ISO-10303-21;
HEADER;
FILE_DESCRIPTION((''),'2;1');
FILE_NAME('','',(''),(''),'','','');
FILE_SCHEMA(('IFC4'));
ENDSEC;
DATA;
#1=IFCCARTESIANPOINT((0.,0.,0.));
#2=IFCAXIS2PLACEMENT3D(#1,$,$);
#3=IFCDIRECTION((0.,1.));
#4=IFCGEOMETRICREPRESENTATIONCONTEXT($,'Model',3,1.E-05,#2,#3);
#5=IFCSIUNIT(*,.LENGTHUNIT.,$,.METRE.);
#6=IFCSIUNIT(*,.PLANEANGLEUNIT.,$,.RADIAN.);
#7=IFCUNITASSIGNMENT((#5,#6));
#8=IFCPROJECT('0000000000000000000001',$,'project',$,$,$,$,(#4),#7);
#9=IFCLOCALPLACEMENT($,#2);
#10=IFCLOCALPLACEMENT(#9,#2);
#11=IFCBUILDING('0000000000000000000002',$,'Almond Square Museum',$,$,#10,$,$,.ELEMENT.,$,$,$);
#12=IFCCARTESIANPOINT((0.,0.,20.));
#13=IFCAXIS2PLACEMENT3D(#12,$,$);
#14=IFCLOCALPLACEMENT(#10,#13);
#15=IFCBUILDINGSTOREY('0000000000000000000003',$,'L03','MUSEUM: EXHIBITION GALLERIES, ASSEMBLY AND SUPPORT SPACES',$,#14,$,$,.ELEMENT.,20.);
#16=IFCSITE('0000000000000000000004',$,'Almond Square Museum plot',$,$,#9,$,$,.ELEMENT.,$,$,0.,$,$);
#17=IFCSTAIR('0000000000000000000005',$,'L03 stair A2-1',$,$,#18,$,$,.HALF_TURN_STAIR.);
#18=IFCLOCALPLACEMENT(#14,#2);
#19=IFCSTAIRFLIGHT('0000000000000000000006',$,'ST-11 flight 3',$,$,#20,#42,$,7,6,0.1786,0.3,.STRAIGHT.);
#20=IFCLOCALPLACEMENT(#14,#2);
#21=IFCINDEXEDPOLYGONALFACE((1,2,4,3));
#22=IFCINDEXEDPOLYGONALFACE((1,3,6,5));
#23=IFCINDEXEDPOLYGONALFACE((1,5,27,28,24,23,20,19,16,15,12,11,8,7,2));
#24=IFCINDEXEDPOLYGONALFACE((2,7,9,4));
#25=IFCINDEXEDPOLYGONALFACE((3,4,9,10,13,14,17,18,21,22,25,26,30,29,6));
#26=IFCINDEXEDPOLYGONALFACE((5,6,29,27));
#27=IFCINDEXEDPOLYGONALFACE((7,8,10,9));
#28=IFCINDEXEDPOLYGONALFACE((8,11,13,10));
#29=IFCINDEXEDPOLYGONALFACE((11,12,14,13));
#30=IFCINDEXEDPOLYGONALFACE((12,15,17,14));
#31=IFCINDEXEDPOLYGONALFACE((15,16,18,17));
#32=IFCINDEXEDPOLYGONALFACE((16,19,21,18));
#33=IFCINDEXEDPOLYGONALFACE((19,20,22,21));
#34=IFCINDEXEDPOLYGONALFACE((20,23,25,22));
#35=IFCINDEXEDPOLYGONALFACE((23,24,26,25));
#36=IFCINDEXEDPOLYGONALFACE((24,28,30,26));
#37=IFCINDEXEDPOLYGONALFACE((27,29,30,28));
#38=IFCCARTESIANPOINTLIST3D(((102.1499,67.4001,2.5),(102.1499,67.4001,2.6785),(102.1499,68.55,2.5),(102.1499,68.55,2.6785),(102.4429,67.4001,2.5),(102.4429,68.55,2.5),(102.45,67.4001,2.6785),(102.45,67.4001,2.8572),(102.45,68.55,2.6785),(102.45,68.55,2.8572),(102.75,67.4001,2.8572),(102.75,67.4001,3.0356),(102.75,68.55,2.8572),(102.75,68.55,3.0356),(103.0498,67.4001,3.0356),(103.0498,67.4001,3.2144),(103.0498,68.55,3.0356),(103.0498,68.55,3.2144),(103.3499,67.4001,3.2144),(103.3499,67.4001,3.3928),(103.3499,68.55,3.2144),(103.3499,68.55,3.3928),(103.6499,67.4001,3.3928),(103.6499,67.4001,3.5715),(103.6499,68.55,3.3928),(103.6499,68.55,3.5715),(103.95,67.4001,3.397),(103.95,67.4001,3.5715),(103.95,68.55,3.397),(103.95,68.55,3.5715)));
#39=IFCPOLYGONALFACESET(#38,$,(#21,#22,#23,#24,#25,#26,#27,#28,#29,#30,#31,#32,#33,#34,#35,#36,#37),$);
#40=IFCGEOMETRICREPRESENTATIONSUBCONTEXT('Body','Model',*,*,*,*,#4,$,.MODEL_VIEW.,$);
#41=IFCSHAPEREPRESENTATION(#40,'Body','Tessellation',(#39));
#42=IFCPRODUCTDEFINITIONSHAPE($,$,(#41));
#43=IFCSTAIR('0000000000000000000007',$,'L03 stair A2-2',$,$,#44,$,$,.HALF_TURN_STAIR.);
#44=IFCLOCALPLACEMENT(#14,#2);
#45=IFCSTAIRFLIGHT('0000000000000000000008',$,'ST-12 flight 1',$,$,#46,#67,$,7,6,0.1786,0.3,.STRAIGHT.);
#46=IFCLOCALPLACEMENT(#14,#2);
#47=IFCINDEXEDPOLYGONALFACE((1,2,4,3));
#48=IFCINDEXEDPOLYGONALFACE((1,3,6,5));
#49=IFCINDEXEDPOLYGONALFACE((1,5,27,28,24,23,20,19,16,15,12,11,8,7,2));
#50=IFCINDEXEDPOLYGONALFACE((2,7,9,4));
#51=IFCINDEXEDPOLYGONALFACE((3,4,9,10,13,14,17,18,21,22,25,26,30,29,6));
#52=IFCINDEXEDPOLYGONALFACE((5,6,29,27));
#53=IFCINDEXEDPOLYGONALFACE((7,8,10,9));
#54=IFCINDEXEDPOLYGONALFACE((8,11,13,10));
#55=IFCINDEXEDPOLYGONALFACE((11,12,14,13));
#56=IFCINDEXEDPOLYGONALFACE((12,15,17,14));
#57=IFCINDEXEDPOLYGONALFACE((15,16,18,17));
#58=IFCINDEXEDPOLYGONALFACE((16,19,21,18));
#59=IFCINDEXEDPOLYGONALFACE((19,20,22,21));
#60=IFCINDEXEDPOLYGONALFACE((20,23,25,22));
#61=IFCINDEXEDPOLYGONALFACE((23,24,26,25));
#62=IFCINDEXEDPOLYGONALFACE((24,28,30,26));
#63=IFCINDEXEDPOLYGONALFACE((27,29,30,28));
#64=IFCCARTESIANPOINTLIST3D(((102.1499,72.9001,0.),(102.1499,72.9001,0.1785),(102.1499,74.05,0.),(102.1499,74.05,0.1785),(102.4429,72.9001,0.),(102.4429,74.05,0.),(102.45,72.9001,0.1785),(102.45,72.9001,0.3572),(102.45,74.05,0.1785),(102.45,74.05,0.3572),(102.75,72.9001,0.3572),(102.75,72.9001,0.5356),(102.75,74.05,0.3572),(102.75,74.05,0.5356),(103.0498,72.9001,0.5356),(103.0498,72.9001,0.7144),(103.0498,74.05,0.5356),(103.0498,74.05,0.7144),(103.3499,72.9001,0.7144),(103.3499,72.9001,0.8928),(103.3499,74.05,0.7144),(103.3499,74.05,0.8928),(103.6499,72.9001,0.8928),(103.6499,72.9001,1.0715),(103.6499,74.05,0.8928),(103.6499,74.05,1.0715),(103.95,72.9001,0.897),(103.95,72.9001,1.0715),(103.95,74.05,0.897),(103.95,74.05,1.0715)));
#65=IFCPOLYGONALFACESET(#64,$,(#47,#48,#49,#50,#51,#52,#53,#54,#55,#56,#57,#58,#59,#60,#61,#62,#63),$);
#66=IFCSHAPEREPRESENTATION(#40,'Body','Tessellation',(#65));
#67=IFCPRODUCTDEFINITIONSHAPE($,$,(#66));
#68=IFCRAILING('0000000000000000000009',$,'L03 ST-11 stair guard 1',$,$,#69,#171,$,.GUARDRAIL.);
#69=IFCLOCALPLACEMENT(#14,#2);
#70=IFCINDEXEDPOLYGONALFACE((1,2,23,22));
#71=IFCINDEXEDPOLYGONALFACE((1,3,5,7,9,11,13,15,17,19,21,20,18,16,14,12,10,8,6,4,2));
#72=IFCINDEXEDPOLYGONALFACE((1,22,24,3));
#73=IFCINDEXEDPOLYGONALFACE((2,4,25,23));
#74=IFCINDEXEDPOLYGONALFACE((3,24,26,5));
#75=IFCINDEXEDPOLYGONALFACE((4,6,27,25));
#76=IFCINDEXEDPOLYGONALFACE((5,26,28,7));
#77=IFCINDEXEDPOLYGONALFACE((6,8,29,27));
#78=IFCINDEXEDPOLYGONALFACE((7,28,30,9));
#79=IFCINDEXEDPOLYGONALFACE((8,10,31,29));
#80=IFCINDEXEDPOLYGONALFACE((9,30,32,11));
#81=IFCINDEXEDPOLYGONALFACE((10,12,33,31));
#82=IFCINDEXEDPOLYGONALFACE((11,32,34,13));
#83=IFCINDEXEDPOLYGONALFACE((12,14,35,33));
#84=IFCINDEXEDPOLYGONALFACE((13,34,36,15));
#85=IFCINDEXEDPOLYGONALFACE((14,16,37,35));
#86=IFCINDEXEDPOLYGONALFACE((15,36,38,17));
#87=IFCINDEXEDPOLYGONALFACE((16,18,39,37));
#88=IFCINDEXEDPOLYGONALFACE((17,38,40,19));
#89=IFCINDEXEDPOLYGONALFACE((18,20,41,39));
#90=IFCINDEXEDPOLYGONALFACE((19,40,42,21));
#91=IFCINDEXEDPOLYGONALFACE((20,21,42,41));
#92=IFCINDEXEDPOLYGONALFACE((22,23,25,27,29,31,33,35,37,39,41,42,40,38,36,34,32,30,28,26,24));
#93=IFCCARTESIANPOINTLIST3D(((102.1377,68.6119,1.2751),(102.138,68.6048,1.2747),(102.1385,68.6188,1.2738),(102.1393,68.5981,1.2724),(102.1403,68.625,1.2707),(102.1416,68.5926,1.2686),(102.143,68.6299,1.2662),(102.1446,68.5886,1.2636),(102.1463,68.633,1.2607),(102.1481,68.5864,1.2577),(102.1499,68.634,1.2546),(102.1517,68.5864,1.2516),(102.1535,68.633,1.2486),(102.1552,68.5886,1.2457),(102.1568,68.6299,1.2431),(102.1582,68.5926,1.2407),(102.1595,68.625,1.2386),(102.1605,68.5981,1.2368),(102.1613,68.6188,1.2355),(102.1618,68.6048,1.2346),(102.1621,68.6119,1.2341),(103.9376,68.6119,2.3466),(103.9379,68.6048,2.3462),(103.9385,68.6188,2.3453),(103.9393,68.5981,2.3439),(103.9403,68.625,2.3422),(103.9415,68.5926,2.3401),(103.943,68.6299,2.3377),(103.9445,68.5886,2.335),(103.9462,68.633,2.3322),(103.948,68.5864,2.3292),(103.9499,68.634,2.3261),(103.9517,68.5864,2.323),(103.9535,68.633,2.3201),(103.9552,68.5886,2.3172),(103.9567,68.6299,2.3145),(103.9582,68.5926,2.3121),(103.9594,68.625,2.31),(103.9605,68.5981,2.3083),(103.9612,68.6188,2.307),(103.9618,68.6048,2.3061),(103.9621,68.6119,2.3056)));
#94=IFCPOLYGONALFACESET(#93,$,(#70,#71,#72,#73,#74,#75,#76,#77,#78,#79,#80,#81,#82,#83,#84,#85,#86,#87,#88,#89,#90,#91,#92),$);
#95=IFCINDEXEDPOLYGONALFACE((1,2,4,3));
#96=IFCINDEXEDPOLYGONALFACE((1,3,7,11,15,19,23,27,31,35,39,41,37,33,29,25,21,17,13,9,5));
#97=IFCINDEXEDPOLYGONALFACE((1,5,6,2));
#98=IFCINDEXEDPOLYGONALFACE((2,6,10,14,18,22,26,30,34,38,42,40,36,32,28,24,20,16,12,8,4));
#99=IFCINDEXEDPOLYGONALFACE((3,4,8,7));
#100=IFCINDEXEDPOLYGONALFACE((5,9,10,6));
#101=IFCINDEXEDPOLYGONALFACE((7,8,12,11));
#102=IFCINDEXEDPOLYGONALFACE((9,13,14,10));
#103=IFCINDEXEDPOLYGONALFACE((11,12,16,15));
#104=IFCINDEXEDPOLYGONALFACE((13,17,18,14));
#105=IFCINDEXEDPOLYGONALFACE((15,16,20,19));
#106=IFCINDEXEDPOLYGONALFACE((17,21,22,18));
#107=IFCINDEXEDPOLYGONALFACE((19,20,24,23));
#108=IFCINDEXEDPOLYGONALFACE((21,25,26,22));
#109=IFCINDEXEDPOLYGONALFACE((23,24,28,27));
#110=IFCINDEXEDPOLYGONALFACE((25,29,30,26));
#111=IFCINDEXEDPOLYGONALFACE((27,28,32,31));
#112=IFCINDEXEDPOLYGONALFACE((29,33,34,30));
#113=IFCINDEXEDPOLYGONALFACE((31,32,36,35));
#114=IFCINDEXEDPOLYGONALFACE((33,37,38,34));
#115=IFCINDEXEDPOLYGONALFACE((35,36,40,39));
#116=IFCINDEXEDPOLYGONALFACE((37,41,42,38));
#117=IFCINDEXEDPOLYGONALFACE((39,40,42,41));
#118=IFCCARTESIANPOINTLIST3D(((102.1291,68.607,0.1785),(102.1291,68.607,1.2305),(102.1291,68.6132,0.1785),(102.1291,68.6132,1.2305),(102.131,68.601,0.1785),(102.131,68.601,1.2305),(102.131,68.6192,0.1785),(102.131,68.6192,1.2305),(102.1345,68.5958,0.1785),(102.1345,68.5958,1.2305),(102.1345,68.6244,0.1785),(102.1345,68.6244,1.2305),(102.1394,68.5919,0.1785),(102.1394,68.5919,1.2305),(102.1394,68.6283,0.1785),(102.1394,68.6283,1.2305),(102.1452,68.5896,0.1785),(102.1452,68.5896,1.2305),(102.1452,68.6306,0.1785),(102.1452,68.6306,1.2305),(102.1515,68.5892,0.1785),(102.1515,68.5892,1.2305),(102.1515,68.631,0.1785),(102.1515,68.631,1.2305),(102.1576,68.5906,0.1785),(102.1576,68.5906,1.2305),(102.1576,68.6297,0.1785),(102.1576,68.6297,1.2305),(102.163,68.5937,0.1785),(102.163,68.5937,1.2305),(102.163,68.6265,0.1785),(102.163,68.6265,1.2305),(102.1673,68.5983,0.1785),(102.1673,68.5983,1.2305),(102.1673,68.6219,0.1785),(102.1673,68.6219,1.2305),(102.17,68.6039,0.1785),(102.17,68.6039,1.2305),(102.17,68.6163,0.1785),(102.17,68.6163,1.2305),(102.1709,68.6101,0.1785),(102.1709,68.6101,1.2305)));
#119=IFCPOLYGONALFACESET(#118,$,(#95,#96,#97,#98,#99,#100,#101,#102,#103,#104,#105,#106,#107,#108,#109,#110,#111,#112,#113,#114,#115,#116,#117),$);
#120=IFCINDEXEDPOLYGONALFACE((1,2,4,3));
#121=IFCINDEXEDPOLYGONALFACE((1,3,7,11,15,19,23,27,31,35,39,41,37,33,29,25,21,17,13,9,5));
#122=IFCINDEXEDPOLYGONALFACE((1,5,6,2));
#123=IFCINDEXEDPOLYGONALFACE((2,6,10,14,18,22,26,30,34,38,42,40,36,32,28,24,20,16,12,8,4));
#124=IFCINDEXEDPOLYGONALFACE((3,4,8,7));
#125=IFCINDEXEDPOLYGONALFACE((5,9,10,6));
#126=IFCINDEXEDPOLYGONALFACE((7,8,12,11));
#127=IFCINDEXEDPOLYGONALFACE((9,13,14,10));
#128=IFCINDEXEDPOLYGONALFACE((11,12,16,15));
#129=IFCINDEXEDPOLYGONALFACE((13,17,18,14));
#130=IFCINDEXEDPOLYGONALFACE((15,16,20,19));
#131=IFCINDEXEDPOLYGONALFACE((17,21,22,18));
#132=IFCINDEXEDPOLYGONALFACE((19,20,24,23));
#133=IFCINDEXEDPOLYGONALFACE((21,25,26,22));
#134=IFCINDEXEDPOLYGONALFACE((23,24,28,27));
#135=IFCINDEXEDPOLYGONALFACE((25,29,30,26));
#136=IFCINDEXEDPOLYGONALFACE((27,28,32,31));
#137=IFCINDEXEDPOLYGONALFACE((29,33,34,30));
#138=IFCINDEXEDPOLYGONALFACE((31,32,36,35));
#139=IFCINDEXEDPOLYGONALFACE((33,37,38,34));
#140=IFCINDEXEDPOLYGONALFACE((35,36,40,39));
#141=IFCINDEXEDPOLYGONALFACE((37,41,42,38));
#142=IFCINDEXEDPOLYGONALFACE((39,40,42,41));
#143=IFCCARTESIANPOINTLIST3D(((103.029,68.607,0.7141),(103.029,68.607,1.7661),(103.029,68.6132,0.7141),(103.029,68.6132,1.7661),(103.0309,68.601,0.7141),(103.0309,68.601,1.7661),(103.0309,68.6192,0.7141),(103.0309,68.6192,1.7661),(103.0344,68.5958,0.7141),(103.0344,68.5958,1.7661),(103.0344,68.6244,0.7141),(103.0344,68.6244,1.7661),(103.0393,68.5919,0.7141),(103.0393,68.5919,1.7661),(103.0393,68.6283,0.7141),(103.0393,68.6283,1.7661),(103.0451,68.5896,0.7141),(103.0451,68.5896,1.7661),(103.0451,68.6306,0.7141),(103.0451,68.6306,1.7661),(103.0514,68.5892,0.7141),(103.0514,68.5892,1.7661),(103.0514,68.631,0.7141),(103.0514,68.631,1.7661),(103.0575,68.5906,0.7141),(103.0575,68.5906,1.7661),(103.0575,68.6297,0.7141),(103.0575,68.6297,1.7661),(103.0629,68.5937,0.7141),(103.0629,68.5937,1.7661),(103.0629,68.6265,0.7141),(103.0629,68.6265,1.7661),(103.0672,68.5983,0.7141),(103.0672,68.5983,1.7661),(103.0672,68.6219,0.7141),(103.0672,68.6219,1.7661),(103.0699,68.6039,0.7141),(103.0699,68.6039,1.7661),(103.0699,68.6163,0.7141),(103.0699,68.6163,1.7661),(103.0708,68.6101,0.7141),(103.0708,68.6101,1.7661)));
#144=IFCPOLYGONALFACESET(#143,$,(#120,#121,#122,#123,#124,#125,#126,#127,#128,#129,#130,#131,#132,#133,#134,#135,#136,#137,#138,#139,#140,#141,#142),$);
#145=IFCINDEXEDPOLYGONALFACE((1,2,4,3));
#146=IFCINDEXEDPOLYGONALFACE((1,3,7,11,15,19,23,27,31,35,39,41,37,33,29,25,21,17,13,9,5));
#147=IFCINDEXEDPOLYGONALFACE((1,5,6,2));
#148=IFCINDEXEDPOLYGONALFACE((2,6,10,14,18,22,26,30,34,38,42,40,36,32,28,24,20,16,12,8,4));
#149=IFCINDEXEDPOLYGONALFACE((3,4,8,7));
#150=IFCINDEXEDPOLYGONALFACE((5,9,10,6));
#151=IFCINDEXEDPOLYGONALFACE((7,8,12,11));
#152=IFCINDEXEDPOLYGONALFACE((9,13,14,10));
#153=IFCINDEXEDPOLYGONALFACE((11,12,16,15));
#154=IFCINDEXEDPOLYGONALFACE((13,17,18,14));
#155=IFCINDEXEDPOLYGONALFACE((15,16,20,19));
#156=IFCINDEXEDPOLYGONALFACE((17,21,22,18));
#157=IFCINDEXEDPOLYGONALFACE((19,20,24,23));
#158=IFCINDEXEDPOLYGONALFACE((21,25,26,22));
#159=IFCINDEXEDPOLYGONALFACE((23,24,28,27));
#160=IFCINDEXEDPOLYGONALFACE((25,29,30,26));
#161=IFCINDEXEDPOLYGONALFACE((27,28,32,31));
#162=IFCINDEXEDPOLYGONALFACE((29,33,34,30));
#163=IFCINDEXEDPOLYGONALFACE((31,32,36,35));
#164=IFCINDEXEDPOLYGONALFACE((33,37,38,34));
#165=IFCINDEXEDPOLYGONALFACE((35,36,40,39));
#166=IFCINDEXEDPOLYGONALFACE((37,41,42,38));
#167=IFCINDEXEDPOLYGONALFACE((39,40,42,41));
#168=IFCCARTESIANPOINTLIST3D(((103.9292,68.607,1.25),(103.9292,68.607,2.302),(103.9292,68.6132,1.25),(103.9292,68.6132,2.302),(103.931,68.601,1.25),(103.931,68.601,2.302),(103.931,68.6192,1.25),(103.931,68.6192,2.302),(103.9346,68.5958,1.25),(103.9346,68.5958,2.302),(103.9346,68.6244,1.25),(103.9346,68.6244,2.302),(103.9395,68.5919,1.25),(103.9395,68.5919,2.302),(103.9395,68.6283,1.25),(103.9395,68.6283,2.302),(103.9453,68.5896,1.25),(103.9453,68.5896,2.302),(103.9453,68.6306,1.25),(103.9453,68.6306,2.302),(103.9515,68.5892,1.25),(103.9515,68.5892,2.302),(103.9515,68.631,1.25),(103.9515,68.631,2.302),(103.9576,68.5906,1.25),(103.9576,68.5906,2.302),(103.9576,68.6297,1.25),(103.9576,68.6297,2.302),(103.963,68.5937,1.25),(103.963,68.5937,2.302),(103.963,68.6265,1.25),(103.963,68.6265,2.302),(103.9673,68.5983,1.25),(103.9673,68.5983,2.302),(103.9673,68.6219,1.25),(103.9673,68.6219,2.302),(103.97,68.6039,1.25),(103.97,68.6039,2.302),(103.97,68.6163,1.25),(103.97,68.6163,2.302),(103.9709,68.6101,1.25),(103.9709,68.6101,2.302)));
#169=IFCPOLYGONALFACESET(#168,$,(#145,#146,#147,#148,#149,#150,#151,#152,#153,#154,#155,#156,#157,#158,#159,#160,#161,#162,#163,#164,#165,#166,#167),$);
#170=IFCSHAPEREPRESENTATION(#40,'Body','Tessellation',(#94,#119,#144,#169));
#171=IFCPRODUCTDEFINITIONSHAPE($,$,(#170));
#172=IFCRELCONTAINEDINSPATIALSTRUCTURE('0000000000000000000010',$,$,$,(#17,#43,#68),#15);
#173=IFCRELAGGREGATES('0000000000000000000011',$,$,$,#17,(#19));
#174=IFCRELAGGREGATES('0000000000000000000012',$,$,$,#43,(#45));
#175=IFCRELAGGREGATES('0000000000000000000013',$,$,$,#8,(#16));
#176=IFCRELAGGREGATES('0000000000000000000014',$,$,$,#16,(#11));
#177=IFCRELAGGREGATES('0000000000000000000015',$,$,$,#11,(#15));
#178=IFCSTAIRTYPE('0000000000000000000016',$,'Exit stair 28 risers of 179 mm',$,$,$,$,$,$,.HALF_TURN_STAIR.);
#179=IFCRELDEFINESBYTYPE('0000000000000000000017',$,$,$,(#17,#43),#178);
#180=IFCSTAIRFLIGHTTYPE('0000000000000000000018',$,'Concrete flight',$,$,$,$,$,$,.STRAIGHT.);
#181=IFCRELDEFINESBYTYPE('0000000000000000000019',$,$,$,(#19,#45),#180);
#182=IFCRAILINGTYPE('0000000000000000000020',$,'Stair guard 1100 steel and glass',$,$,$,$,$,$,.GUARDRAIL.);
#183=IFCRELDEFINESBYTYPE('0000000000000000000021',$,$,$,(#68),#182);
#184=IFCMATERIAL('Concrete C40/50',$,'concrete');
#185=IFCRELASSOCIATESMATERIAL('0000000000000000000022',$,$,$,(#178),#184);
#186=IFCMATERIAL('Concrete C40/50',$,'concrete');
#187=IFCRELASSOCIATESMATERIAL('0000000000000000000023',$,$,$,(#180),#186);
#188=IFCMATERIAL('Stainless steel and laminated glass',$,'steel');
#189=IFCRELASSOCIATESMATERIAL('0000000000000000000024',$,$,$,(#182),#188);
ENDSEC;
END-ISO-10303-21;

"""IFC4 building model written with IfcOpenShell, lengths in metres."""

from ifc_helpers import new_model, si_unit, direction, frame, origin, origin_2d, place, context, subcontext, project, spatial, polyline, circle, outline, extrude, material, type_object, element, aggregate, save


model = new_model("IFC4")

# Units and contexts
model_context = context("Model", 3, precision=1e-05, world=origin(), true_north=direction((0.0, 1.0)))
body_context = subcontext(model_context, "Body", "Model", "MODEL_VIEW")
ifc_project = project(units=[si_unit("LENGTHUNIT", "METRE"), si_unit("PLANEANGLEUNIT", "RADIAN")], contexts=[model_context])

# Site, building, storey
site_placement = place(None, origin())
site = spatial("IfcSite", under=ifc_project, at=site_placement, Name="Almond Square Museum plot", CompositionType="ELEMENT", RefElevation=0.0)
building_placement = place(site_placement, origin())
building = spatial("IfcBuilding", under=site, at=building_placement, Name="Almond Square Museum", CompositionType="ELEMENT")
storey_placement = place(building_placement, frame((0.0, 0.0, 20.0)))
storey = spatial("IfcBuildingStorey", under=building, at=storey_placement, Name="L03", Description="MUSEUM: EXHIBITION GALLERIES, ASSEMBLY AND SUPPORT SPACES", CompositionType="ELEMENT", Elevation=20.0)

# Stair, stair flight
ifc_material_1 = material(Name="Concrete C40/50", Category="concrete")
stair_type = type_object("IfcStairType", Name="Exit stair 28 risers of 179 mm", PredefinedType="HALF_TURN_STAIR", material=ifc_material_1)
stair_1_placement = place(storey_placement, origin())
stair_1 = element("IfcStair", 1, at=stair_1_placement, inside=storey, type_object=stair_type, Name="L03 stair A2-1", PredefinedType="HALF_TURN_STAIR")
ifc_material_2 = material(Name="Concrete C40/50", Category="concrete")
stair_flight_type = type_object("IfcStairFlightType", Name="Concrete flight", PredefinedType="STRAIGHT", material=ifc_material_2)
stair_flight_1_placement = place(storey_placement, frame((102.1499, 67.9751, 2.5), z_axis=(0.0, 0.0, 1.0), x_axis=(1.0, 0.0, 0.0)))
stair_flight_1 = element("IfcStairFlight", 2, at=stair_flight_1_placement, type_object=stair_flight_type, Name="ST-11 flight 3", NumberOfRisers=7, NumberOfTreads=6, PredefinedType="STRAIGHT", RiserHeight=0.1786, TreadLength=0.3, context=body_context, shape_type="SweptSolid", body=[
    extrude(outline(polyline([(0.0, 0.0), (0.0, 0.1785), (0.3, 0.1785), (0.3, 0.3572), (0.6001, 0.3572), (0.6001, 0.5356), (0.8999, 0.5356), (0.8999, 0.7144), (1.2, 0.7144), (1.2, 0.8928), (1.5, 0.8928), (1.5, 1.0715), (1.8, 1.0715), (1.8, 1.25), (1.8, 0.897), (0.293, 0.0), (0.0, 0.0)])), frame((0.0, 0.575, 0.0), z_axis=(0.0, -1.0, 0.0), x_axis=(1.0, 0.0, 0.0)), (0.0, 0.0, 1.0), 1.1499),
])
aggregate(stair_1, [stair_flight_1])

# Stair, stair flight
stair_2_placement = place(storey_placement, origin())
stair_2 = element("IfcStair", 3, at=stair_2_placement, inside=storey, type_object=stair_type, Name="L03 stair A2-2", PredefinedType="HALF_TURN_STAIR")
stair_flight_2_placement = place(storey_placement, frame((102.1499, 73.4751, 0.0), z_axis=(0.0, 0.0, 1.0), x_axis=(1.0, 0.0, 0.0)))
stair_flight_2 = element("IfcStairFlight", 4, at=stair_flight_2_placement, type_object=stair_flight_type, Name="ST-12 flight 1", NumberOfRisers=7, NumberOfTreads=6, PredefinedType="STRAIGHT", RiserHeight=0.1786, TreadLength=0.3, context=body_context, shape_type="SweptSolid", body=[
    extrude(outline(polyline([(0.0, 0.0), (0.0, 0.1785), (0.3, 0.1785), (0.3, 0.3572), (0.6001, 0.3572), (0.6001, 0.5356), (0.8999, 0.5356), (0.8999, 0.7144), (1.2, 0.7144), (1.2, 0.8928), (1.5, 0.8928), (1.5, 1.0715), (1.8, 1.0715), (1.8, 1.25), (1.8, 0.897), (0.293, 0.0), (0.0, 0.0)])), frame((0.0, 0.575, 0.0), z_axis=(0.0, -1.0, 0.0), x_axis=(1.0, 0.0, 0.0)), (0.0, 0.0, 1.0), 1.1499),
])
aggregate(stair_2, [stair_flight_2])

# Railing
ifc_material_3 = material(Name="Stainless steel and laminated glass", Category="steel")
railing_type_1 = type_object("IfcRailingType", Name="Stair guard 1100 steel and glass", PredefinedType="GUARDRAIL", material=ifc_material_3)
railing_1_placement = place(storey_placement, frame((102.1499, 68.6101, 0.1785)))
element("IfcRailing", 5, at=railing_1_placement, inside=storey, type_object=railing_type_1, Name="L03 ST-11 stair guard 1", PredefinedType="GUARDRAIL", context=body_context, shape_type="SweptSolid", body=[
    extrude(circle(Radius=0.0239, at=origin_2d()), frame((0.0, 0.0, 1.0762), z_axis=(0.859277, 0.0, 0.51151), x_axis=(0.0, 1.0, 0.0)), (0.0, 0.0, 1.0), 2.0947),
    extrude(circle(Radius=0.021, at=origin_2d()), origin(), (0.0, 0.0, 1.0), 1.052),
    extrude(circle(Radius=0.021, at=origin_2d()), frame((0.8999, 0.0, 0.5356)), (0.0, 0.0, 1.0), 1.052),
    extrude(circle(Radius=0.021, at=origin_2d()), frame((1.8, 0.0, 1.0715)), (0.0, 0.0, 1.0), 1.052),
])

save(model, "model.ifc")
